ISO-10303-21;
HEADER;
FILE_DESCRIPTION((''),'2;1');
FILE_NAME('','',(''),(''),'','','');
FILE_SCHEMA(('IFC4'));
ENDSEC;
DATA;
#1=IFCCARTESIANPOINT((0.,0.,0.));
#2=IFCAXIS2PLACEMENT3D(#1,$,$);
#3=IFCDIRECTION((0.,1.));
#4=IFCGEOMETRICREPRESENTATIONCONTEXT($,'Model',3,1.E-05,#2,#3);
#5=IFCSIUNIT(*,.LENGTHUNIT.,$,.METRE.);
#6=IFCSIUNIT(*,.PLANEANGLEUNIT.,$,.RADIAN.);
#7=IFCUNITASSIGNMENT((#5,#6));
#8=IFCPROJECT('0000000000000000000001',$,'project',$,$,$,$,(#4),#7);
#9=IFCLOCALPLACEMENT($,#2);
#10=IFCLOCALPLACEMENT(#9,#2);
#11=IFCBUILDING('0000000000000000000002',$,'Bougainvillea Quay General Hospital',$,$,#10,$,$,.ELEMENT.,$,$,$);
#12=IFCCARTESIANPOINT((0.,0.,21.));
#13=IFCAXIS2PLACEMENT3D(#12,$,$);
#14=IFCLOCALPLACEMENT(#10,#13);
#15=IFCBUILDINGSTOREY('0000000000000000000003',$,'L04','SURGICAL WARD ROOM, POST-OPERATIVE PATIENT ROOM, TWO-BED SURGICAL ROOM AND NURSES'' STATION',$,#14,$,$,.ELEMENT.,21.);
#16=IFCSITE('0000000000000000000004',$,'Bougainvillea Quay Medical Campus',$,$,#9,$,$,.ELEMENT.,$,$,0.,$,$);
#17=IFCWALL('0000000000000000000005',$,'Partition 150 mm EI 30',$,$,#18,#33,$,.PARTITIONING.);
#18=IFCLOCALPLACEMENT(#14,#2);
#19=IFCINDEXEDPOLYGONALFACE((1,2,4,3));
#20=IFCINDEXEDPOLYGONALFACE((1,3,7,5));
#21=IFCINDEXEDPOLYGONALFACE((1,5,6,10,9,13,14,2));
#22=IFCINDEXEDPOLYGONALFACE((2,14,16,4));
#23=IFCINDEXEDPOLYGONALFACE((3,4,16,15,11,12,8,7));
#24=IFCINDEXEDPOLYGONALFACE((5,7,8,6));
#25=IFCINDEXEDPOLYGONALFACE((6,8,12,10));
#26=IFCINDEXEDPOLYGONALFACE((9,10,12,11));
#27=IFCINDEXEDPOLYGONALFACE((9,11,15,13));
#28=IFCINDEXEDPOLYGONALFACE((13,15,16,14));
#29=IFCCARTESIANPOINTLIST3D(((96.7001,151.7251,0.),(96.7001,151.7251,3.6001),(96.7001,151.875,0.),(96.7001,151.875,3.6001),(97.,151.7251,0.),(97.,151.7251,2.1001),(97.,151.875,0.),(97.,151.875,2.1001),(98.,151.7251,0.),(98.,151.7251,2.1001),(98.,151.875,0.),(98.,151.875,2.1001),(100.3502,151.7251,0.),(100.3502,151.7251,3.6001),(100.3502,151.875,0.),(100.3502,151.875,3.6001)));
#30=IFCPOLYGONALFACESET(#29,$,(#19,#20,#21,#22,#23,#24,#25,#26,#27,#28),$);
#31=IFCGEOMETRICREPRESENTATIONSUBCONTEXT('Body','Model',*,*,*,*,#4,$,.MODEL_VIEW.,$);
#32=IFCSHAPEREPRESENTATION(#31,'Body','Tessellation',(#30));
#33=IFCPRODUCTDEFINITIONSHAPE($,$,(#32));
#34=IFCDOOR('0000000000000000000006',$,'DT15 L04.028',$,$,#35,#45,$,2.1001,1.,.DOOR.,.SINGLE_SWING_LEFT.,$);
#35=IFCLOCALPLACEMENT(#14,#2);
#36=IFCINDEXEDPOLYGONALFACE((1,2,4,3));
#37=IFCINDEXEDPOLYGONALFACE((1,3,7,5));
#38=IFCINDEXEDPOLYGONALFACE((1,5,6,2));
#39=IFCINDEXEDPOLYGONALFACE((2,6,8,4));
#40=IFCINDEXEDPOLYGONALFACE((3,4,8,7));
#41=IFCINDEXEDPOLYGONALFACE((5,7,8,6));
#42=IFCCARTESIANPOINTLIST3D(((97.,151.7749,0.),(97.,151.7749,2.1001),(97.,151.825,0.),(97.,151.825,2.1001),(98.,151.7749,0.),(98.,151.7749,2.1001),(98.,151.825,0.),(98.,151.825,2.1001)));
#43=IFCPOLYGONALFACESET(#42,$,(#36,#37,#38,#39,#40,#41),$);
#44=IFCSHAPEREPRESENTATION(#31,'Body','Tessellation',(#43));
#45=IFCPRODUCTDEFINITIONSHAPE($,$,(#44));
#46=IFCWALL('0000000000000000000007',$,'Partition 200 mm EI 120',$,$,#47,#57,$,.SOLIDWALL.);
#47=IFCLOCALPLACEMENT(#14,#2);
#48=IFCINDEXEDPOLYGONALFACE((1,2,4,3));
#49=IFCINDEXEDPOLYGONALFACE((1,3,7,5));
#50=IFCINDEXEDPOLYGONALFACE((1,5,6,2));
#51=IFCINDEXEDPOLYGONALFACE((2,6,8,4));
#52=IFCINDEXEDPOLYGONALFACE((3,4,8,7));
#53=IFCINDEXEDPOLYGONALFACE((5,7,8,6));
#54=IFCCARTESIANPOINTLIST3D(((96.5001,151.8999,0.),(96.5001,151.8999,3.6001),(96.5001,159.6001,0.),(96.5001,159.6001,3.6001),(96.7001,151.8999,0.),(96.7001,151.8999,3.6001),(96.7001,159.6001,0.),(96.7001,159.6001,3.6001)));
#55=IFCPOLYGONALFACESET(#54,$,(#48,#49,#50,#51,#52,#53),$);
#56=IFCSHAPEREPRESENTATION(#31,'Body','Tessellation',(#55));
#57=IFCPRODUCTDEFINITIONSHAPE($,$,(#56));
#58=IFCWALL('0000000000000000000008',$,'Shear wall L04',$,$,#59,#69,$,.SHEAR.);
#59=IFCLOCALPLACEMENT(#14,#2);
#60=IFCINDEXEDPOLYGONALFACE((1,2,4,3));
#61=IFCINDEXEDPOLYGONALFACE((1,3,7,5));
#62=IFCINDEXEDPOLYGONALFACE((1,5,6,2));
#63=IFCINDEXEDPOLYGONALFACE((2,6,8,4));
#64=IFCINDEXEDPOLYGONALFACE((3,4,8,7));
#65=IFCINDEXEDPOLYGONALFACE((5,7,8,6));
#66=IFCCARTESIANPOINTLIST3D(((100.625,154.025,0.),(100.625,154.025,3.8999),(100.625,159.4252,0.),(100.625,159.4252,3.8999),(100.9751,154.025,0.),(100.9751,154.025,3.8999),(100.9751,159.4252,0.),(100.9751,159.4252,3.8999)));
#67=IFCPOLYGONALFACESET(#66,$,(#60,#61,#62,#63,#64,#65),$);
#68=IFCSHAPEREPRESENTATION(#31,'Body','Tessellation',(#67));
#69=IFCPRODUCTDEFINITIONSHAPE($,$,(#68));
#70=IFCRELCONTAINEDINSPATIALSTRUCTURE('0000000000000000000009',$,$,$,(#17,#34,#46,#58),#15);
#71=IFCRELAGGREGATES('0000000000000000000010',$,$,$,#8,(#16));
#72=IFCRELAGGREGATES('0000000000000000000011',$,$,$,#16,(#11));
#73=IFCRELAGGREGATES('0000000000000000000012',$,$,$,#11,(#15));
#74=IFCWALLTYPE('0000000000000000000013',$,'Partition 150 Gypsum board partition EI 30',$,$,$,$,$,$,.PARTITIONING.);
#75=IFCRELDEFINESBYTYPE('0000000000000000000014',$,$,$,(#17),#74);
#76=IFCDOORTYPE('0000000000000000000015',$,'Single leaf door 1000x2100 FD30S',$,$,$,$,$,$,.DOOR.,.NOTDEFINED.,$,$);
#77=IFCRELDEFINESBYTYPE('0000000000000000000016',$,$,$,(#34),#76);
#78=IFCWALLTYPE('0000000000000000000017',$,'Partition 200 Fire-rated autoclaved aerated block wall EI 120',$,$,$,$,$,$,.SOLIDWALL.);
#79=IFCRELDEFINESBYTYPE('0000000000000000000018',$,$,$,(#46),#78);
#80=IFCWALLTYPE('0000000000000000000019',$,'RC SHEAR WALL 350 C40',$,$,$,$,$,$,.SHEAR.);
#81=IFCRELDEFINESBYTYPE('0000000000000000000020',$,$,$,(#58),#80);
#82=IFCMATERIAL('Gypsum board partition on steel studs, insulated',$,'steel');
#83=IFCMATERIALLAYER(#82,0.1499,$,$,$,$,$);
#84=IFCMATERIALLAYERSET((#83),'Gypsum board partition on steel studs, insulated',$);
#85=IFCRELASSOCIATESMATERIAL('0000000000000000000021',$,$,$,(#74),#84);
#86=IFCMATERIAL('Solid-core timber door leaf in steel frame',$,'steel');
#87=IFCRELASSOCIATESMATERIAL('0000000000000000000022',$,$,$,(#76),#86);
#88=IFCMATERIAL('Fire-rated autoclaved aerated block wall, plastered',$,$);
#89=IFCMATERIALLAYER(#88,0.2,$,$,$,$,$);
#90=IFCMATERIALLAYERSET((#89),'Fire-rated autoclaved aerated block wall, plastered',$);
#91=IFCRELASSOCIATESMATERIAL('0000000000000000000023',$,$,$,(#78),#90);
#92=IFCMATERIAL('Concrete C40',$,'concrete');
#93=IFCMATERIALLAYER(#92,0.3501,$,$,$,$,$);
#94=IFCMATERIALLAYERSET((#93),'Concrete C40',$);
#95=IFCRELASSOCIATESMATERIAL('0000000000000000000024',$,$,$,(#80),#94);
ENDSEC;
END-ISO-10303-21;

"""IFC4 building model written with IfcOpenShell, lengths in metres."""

from ifc_helpers import new_model, si_unit, direction, frame, frame_2d, origin, place, context, subcontext, project, spatial, rectangle, extrude, material, layer, layer_set, type_object, element, fill, save


model = new_model("IFC4")

# Units and contexts
model_context = context("Model", 3, precision=1e-05, world=origin(), true_north=direction((0.0, 1.0)))
body_context = subcontext(model_context, "Body", "Model", "MODEL_VIEW")
ifc_project = project(units=[si_unit("LENGTHUNIT", "METRE"), si_unit("PLANEANGLEUNIT", "RADIAN")], contexts=[model_context])

# Site, building, storey
site_placement = place(None, origin())
site = spatial("IfcSite", under=ifc_project, at=site_placement, Name="Bougainvillea Quay Medical Campus", CompositionType="ELEMENT", RefElevation=0.0)
building_placement = place(site_placement, origin())
building = spatial("IfcBuilding", under=site, at=building_placement, Name="Bougainvillea Quay General Hospital", CompositionType="ELEMENT")
storey_placement = place(building_placement, frame((0.0, 0.0, 21.0)))
storey = spatial("IfcBuildingStorey", under=building, at=storey_placement, Name="L04", Description="SURGICAL WARD ROOM, POST-OPERATIVE PATIENT ROOM, TWO-BED SURGICAL ROOM AND NURSES' STATION", CompositionType="ELEMENT", Elevation=21.0)

# Shared definitions
ifc_material_1 = material(Name="Concrete C40", Category="concrete")

# Wall, opening, door
ifc_material_2 = material(Name="Gypsum board partition on steel studs, insulated", Category="steel")
ifc_material_3 = material(Name="Solid-core timber door leaf in steel frame", Category="steel")
ifc_layer_1 = layer(ifc_material_2, 0.1499)
ifc_layer_set_1 = layer_set([ifc_layer_1], Name="Gypsum board partition on steel studs, insulated")
wall_type_1 = type_object("IfcWallType", Name="Partition 150 Gypsum board partition EI 30", PredefinedType="PARTITIONING", material=ifc_layer_set_1)
door_type_1 = type_object("IfcDoorType", Name="Single leaf door 1000x2100 FD30S", OperationType="NOTDEFINED", PredefinedType="DOOR", material=ifc_material_3)
wall_1_placement = place(storey_placement, frame((96.7, 151.8, 0.0), z_axis=(0.0, 0.0, 1.0), x_axis=(1.0, 0.0, 0.0)))
wall_1 = element("IfcWall", 1, at=wall_1_placement, inside=storey, type_object=wall_type_1, Name="Partition 150 mm EI 30", PredefinedType="PARTITIONING", context=body_context, shape_type="SweptSolid", body=[
    extrude(rectangle(XDim=3.6501, YDim=0.1499, at=frame_2d((1.8252, 0.0))), origin(), (0.0, 0.0, 1.0), 3.6001),
])
opening_1_placement = place(wall_1_placement, frame((0.3, 0.0, 0.0)))
opening_1 = element("IfcOpeningElement", 2, at=opening_1_placement, cuts=wall_1, PredefinedType="OPENING", context=body_context, shape_type="SweptSolid", body=[
    extrude(rectangle(XDim=1.0, YDim=2.1001, at=frame_2d((0.5, 1.05))), frame((0.0, 0.085, 0.0), z_axis=(0.0, -1.0, 0.0), x_axis=(1.0, 0.0, 0.0)), (0.0, 0.0, 1.0), 0.1699),
])
door_1_placement = place(opening_1_placement, origin())
door_1 = element("IfcDoor", 3, at=door_1_placement, inside=storey, type_object=door_type_1, Name="DT15 L04.028", OperationType="SINGLE_SWING_LEFT", OverallHeight=2.1001, OverallWidth=1.0, PredefinedType="DOOR", context=body_context, shape_type="SweptSolid", body=[
    extrude(rectangle(XDim=1.0, YDim=2.1001, at=frame_2d((0.5, 1.05))), frame((0.0, 0.0249, 0.0), z_axis=(0.0, -1.0, 0.0), x_axis=(1.0, 0.0, 0.0)), (0.0, 0.0, 1.0), 0.05),
])
fill(opening_1, door_1)

# Walls
ifc_material_4 = material(Name="Fire-rated autoclaved aerated block wall, plastered")
ifc_layer_2 = layer(ifc_material_4, 0.2)
ifc_layer_set_2 = layer_set([ifc_layer_2], Name="Fire-rated autoclaved aerated block wall, plastered")
wall_type_2 = type_object("IfcWallType", Name="Partition 200 Fire-rated autoclaved aerated block wall EI 120", PredefinedType="SOLIDWALL", material=ifc_layer_set_2)
wall_2_placement = place(storey_placement, frame((96.6001, 151.8999, 0.0), z_axis=(0.0, 0.0, 1.0), x_axis=(0.0, 1.0, 0.0)))
element("IfcWall", 4, at=wall_2_placement, inside=storey, type_object=wall_type_2, Name="Partition 200 mm EI 120", PredefinedType="SOLIDWALL", context=body_context, shape_type="SweptSolid", body=[
    extrude(rectangle(XDim=7.7002, YDim=0.2, at=frame_2d((3.8501, 0.0))), origin(), (0.0, 0.0, 1.0), 3.6001),
])
ifc_layer_3 = layer(ifc_material_1, 0.3501)
ifc_layer_set_3 = layer_set([ifc_layer_3], Name="Concrete C40")
wall_type_3 = type_object("IfcWallType", Name="RC SHEAR WALL 350 C40", PredefinedType="SHEAR", material=ifc_layer_set_3)
wall_3_placement = place(storey_placement, frame((100.8, 154.0249, 0.0), z_axis=(0.0, 0.0, 1.0), x_axis=(0.0, 1.0, 0.0)))
element("IfcWall", 5, at=wall_3_placement, inside=storey, type_object=wall_type_3, Name="Shear wall L04", PredefinedType="SHEAR", context=body_context, shape_type="SweptSolid", body=[
    extrude(rectangle(XDim=5.4001, YDim=0.3501, at=frame_2d((2.7002, 0.0))), origin(), (0.0, 0.0, 1.0), 3.8999),
])

save(model, "model.ifc")
